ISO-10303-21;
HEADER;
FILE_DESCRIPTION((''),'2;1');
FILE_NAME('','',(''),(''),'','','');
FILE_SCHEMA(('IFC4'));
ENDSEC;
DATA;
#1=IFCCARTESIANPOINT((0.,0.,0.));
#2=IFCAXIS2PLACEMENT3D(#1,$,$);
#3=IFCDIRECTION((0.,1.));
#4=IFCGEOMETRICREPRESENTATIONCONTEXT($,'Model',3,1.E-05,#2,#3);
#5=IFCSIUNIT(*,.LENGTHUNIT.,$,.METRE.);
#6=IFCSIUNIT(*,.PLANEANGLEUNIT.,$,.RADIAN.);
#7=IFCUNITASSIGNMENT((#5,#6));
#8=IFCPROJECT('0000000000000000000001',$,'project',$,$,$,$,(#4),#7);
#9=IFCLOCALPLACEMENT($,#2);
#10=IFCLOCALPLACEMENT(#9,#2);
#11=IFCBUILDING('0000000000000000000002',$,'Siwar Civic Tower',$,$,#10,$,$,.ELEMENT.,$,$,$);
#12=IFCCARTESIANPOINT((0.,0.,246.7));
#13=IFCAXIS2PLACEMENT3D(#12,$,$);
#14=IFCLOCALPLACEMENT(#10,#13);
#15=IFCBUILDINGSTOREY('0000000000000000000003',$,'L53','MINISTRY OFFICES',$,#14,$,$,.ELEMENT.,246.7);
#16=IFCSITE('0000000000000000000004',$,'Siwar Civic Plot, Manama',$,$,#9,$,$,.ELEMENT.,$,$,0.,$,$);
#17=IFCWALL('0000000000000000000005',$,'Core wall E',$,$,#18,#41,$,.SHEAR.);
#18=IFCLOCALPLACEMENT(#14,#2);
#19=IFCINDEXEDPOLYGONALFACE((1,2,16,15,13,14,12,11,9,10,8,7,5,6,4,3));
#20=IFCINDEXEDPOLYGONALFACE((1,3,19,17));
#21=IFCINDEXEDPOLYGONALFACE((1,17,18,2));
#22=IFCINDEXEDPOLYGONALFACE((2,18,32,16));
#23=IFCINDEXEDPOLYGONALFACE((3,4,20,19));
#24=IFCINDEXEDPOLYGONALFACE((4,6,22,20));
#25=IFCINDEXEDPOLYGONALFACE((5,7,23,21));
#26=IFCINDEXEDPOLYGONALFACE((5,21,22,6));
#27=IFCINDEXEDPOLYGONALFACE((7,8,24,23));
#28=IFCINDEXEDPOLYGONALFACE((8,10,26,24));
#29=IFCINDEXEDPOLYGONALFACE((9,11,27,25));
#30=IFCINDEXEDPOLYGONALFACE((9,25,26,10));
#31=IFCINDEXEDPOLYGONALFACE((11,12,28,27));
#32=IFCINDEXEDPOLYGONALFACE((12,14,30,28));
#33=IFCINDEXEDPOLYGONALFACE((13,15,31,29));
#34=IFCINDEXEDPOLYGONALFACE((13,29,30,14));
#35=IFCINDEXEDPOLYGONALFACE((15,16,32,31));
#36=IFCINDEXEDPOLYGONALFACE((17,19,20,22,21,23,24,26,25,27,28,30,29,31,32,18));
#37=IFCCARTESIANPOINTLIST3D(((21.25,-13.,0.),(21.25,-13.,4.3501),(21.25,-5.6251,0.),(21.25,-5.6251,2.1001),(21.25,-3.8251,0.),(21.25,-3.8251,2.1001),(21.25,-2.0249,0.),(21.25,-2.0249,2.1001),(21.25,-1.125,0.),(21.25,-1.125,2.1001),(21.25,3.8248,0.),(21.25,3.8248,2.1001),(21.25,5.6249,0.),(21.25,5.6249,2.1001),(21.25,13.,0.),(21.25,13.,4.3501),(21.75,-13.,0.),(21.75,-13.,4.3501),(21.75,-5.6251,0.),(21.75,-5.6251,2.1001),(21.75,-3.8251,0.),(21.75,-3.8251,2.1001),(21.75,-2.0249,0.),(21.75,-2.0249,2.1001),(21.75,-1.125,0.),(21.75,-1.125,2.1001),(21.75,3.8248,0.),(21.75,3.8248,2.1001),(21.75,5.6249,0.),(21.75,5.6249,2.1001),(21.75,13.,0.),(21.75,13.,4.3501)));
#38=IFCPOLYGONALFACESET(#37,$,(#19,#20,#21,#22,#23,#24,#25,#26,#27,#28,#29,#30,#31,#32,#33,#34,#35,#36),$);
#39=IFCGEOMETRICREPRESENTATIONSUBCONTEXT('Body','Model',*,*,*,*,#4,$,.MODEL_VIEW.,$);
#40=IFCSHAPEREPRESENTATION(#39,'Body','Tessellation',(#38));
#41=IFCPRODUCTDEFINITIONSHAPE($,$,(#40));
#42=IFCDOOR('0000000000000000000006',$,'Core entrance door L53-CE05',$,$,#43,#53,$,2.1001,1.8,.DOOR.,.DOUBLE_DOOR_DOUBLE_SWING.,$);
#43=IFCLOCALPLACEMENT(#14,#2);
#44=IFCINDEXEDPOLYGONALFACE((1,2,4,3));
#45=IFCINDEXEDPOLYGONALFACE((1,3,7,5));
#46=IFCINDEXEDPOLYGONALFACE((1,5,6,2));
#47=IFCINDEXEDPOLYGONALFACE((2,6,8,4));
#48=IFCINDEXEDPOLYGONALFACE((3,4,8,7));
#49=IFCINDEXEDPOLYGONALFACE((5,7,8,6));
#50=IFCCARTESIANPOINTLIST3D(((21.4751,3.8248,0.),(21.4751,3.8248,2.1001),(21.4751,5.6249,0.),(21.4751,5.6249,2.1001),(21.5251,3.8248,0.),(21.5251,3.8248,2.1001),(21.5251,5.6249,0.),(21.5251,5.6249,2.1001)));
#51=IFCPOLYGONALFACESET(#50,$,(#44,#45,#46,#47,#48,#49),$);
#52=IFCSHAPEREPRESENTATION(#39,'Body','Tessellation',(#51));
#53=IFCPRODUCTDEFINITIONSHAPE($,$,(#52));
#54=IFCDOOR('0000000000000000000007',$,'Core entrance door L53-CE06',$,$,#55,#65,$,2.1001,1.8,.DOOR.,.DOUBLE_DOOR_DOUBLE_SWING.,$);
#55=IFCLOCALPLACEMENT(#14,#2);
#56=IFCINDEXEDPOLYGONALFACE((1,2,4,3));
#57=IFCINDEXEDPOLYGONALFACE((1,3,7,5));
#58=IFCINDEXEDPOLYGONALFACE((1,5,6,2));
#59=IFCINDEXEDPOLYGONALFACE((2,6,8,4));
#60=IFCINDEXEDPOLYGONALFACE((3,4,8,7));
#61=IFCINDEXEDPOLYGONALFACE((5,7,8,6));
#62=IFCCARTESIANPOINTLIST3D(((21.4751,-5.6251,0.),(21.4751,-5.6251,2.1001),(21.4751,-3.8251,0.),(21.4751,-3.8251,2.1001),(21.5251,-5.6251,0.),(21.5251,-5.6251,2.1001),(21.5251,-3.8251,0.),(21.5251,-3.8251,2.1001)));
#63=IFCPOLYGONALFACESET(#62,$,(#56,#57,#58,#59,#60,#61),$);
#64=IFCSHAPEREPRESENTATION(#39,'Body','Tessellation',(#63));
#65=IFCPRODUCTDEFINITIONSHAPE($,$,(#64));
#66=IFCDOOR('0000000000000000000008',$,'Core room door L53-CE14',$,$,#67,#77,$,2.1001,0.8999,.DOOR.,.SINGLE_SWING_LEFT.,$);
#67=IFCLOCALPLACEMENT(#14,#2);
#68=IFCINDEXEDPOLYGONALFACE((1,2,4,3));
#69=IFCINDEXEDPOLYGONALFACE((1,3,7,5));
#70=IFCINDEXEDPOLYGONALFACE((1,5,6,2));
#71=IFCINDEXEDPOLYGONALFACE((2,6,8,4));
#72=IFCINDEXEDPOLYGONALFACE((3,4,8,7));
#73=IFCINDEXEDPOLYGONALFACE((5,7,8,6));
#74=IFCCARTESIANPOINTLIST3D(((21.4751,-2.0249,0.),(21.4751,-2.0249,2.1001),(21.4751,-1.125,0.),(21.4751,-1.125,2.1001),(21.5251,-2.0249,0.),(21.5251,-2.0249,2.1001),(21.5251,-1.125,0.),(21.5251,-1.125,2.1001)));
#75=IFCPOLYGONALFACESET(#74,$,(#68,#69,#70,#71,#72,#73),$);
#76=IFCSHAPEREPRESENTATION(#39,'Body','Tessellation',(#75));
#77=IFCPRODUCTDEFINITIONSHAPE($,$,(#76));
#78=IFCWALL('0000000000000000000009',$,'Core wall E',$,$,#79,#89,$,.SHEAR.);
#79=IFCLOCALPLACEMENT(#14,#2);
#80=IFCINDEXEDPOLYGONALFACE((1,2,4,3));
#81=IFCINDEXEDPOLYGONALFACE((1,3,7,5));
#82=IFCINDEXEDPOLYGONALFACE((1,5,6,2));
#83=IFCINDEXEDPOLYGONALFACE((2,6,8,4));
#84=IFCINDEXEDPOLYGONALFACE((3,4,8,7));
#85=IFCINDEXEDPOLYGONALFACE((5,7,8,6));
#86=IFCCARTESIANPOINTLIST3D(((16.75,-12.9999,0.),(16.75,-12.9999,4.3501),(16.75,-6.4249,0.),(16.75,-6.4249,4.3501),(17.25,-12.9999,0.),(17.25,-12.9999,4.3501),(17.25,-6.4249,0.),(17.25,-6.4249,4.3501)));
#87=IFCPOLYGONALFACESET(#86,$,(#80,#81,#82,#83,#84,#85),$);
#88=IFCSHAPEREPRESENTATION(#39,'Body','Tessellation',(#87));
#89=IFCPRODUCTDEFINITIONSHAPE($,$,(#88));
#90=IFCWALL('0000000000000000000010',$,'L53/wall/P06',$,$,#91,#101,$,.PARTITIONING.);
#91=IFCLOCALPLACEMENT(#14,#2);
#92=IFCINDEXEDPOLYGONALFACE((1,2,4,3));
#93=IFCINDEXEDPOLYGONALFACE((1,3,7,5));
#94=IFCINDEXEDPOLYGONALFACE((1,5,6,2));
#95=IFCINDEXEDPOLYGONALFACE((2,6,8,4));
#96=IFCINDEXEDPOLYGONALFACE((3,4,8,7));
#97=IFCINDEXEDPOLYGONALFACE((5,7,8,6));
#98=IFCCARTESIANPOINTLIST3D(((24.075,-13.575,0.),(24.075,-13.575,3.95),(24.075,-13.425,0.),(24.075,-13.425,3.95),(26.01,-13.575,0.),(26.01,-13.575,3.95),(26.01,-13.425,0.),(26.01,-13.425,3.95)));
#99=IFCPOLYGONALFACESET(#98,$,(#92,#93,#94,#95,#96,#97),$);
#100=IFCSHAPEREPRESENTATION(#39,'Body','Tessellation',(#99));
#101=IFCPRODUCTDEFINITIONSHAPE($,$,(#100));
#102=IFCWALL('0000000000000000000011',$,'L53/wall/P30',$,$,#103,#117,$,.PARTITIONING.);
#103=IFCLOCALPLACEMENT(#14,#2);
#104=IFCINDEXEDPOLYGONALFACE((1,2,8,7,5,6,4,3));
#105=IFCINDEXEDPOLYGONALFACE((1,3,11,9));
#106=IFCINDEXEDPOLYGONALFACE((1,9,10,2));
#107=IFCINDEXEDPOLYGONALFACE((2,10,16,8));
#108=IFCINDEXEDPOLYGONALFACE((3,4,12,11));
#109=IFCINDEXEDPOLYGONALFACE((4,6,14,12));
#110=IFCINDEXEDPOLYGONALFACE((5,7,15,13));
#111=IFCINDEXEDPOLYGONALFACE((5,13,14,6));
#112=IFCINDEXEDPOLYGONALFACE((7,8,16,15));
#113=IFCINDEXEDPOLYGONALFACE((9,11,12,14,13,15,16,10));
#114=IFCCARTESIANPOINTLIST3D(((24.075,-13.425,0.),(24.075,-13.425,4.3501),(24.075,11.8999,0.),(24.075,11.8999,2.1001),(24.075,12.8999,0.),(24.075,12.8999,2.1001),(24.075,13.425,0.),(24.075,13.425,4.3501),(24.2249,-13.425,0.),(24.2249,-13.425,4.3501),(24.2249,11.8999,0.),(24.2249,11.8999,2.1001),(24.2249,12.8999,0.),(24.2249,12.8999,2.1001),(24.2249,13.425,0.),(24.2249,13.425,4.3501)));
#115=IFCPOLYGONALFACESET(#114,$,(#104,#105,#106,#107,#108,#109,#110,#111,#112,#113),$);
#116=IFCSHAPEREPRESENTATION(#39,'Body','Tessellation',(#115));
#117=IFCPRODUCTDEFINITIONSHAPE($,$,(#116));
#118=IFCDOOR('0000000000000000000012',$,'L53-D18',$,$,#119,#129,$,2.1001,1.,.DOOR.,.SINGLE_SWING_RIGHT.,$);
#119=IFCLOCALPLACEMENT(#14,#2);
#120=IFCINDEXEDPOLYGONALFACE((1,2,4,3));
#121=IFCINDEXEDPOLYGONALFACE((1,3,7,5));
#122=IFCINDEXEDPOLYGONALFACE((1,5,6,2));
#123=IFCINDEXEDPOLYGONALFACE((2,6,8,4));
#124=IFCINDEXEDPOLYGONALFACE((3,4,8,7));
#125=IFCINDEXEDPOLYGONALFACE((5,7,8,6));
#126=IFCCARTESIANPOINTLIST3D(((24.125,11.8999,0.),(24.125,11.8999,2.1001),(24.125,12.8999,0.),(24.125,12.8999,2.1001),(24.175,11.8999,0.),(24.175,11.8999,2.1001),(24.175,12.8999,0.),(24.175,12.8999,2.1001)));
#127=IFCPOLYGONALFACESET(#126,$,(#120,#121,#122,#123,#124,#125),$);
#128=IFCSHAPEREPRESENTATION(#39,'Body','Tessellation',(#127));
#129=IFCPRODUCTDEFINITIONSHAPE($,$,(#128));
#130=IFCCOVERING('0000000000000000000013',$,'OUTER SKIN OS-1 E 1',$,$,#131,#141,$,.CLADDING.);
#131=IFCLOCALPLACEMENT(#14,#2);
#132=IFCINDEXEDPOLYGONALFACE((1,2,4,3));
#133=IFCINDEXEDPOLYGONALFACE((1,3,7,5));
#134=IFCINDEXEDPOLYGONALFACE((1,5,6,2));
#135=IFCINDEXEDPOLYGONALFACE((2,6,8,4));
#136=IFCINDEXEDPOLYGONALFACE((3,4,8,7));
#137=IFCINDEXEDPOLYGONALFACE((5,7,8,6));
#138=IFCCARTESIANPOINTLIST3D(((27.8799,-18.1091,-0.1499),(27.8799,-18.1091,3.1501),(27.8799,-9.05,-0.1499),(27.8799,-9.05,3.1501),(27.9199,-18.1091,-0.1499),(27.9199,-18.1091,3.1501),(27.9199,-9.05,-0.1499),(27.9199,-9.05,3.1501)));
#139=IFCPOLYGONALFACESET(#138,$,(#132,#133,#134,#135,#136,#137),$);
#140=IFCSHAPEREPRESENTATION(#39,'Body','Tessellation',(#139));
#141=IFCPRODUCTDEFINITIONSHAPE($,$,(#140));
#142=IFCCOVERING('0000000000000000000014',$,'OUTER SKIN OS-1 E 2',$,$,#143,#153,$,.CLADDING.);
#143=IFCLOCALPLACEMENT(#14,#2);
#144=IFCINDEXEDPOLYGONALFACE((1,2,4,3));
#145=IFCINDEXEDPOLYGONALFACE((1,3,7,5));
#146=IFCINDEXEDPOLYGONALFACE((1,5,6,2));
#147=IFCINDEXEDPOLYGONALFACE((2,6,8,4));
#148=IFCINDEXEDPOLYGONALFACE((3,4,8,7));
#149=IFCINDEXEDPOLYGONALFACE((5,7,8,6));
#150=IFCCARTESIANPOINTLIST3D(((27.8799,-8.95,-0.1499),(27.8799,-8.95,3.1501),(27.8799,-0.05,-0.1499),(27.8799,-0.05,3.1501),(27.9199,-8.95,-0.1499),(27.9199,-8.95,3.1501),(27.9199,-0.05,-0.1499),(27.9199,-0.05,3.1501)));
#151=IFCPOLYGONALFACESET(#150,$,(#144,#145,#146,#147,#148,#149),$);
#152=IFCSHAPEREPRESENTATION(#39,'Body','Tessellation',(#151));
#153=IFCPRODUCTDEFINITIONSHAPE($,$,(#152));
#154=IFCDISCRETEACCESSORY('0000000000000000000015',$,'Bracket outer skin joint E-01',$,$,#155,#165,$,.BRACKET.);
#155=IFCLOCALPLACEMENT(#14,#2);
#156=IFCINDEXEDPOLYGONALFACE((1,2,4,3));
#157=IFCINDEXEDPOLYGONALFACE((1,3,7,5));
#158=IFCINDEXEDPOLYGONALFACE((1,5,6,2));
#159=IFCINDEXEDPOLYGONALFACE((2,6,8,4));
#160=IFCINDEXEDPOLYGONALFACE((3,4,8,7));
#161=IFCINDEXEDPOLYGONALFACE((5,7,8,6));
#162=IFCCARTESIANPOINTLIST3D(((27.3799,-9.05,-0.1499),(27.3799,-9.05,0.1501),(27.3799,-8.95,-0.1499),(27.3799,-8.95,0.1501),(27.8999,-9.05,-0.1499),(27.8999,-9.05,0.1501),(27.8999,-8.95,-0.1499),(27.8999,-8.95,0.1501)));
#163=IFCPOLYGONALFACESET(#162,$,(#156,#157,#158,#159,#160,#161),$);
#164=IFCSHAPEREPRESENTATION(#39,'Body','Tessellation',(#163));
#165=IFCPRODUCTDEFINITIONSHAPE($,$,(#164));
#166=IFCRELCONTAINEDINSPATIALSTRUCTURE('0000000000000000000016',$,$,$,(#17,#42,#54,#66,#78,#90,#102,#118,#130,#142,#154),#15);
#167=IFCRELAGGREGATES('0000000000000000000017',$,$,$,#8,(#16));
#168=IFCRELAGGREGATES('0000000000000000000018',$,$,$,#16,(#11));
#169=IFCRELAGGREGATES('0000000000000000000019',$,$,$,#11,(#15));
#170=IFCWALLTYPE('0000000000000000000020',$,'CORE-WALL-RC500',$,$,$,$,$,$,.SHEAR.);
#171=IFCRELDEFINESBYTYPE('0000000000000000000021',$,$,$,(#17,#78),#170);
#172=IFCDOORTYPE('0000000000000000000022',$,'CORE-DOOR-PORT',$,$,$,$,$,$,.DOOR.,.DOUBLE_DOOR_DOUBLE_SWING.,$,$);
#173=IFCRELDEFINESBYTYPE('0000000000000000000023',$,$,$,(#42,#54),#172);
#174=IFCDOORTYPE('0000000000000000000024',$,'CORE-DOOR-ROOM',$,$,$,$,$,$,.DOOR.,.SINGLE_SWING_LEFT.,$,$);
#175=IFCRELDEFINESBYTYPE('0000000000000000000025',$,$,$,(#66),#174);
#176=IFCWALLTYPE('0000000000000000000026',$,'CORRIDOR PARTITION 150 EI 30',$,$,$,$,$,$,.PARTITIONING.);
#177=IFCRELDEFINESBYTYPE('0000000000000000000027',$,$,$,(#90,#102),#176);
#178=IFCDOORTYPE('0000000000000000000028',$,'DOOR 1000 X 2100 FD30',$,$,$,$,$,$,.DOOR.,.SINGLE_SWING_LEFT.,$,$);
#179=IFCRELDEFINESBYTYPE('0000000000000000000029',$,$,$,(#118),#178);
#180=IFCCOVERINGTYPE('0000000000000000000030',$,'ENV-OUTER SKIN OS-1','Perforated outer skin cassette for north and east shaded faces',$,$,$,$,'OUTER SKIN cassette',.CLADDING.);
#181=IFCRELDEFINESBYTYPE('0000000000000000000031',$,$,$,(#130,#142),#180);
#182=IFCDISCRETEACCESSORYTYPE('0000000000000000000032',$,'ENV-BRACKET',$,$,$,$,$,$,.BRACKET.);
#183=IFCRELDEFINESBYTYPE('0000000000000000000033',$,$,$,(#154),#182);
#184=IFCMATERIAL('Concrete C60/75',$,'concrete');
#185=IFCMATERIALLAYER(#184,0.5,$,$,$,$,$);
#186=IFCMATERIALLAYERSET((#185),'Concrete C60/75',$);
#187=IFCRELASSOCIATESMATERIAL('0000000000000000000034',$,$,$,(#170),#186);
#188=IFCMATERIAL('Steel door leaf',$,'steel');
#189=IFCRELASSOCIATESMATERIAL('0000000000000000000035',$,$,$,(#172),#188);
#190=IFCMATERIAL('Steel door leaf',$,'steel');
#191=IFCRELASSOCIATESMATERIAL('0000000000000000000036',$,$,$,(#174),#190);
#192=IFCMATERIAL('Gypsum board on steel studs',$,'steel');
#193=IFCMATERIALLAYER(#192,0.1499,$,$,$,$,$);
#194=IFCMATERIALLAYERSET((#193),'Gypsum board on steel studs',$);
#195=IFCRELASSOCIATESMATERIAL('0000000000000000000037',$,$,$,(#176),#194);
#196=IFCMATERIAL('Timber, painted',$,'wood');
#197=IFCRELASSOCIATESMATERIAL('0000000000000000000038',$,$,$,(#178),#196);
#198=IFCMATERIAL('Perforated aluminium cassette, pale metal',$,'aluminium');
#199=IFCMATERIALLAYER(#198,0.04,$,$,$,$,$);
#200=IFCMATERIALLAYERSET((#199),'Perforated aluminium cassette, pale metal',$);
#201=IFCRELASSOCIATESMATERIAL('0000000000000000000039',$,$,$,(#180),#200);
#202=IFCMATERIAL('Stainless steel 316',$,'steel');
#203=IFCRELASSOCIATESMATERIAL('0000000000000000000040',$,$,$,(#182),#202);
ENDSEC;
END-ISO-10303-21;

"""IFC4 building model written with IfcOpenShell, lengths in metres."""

from ifc_helpers import new_model, si_unit, direction, frame, frame_2d, origin, origin_2d, place, context, subcontext, project, spatial, rectangle, extrude, material, layer, layer_set, type_object, element, fill, save


model = new_model("IFC4")

# Units and contexts
model_context = context("Model", 3, precision=1e-05, world=origin(), true_north=direction((0.0, 1.0)))
body_context = subcontext(model_context, "Body", "Model", "MODEL_VIEW")
ifc_project = project(units=[si_unit("LENGTHUNIT", "METRE"), si_unit("PLANEANGLEUNIT", "RADIAN")], contexts=[model_context])

# Site, building, storey
site_placement = place(None, origin())
site = spatial("IfcSite", under=ifc_project, at=site_placement, Name="Siwar Civic Plot, Manama", CompositionType="ELEMENT", RefElevation=0.0)
building_placement = place(site_placement, origin())
building = spatial("IfcBuilding", under=site, at=building_placement, Name="Siwar Civic Tower", CompositionType="ELEMENT")
storey_placement = place(building_placement, frame((0.0, 0.0, 246.7)))
storey = spatial("IfcBuildingStorey", under=building, at=storey_placement, Name="L53", Description="MINISTRY OFFICES", CompositionType="ELEMENT", Elevation=246.7)

# Wall, openings, doors
ifc_material_1 = material(Name="Concrete C60/75", Category="concrete")
ifc_layer_1 = layer(ifc_material_1, 0.5)
ifc_layer_set_1 = layer_set([ifc_layer_1], Name="Concrete C60/75")
wall_type_1 = type_object("IfcWallType", Name="CORE-WALL-RC500", PredefinedType="SHEAR", material=ifc_layer_set_1)
wall_1_placement = place(storey_placement, frame((21.5, -13.0, 0.0), z_axis=(0.0, 0.0, 1.0), x_axis=(0.0, 1.0, 0.0)))
wall_1 = element("IfcWall", 1, at=wall_1_placement, inside=storey, type_object=wall_type_1, Name="Core wall E", PredefinedType="SHEAR", context=body_context, shape_type="SweptSolid", body=[
    extrude(rectangle(XDim=26.0, YDim=0.5, at=frame_2d((13.0, 0.0))), origin(), (0.0, 0.0, 1.0), 4.3501),
])
opening_1_placement = place(wall_1_placement, frame((16.825, 0.0, 0.0)))
opening_1 = element("IfcOpeningElement", 2, at=opening_1_placement, cuts=wall_1, PredefinedType="OPENING", context=body_context, shape_type="SweptSolid", body=[
    extrude(rectangle(XDim=1.8, YDim=2.1001, at=frame_2d((0.8999, 1.05))), frame((0.0, 0.26, 0.0), z_axis=(0.0, -1.0, 0.0), x_axis=(1.0, 0.0, 0.0)), (0.0, 0.0, 1.0), 0.52),
])
opening_2_placement = place(wall_1_placement, frame((7.375, 0.0, 0.0)))
opening_2 = element("IfcOpeningElement", 3, at=opening_2_placement, cuts=wall_1, PredefinedType="OPENING", context=body_context, shape_type="SweptSolid", body=[
    extrude(rectangle(XDim=1.8, YDim=2.1001, at=frame_2d((0.8999, 1.05))), frame((0.0, 0.26, 0.0), z_axis=(0.0, -1.0, 0.0), x_axis=(1.0, 0.0, 0.0)), (0.0, 0.0, 1.0), 0.52),
])
opening_3_placement = place(wall_1_placement, frame((10.9751, 0.0, 0.0)))
opening_3 = element("IfcOpeningElement", 4, at=opening_3_placement, cuts=wall_1, PredefinedType="OPENING", context=body_context, shape_type="SweptSolid", body=[
    extrude(rectangle(XDim=0.8999, YDim=2.1001, at=frame_2d((0.45, 1.05))), frame((0.0, 0.26, 0.0), z_axis=(0.0, -1.0, 0.0), x_axis=(1.0, 0.0, 0.0)), (0.0, 0.0, 1.0), 0.52),
])
ifc_material_2 = material(Name="Steel door leaf", Category="steel")
door_type_1 = type_object("IfcDoorType", Name="CORE-DOOR-PORT", OperationType="DOUBLE_DOOR_DOUBLE_SWING", PredefinedType="DOOR", material=ifc_material_2)
door_1_placement = place(opening_1_placement, origin())
door_1 = element("IfcDoor", 5, at=door_1_placement, inside=storey, type_object=door_type_1, Name="Core entrance door L53-CE05", OperationType="DOUBLE_DOOR_DOUBLE_SWING", OverallHeight=2.1001, OverallWidth=1.8, PredefinedType="DOOR", context=body_context, shape_type="SweptSolid", body=[
    extrude(rectangle(XDim=1.8, YDim=2.1001, at=frame_2d((0.8999, 1.05))), frame((0.0, 0.0249, 0.0), z_axis=(0.0, -1.0, 0.0), x_axis=(1.0, 0.0, 0.0)), (0.0, 0.0, 1.0), 0.05),
])
fill(opening_1, door_1)
door_2_placement = place(opening_2_placement, origin())
door_2 = element("IfcDoor", 6, at=door_2_placement, inside=storey, type_object=door_type_1, Name="Core entrance door L53-CE06", OperationType="DOUBLE_DOOR_DOUBLE_SWING", OverallHeight=2.1001, OverallWidth=1.8, PredefinedType="DOOR", context=body_context, shape_type="SweptSolid", body=[
    extrude(rectangle(XDim=1.8, YDim=2.1001, at=frame_2d((0.8999, 1.05))), frame((0.0, 0.0249, 0.0), z_axis=(0.0, -1.0, 0.0), x_axis=(1.0, 0.0, 0.0)), (0.0, 0.0, 1.0), 0.05),
])
fill(opening_2, door_2)
ifc_material_3 = material(Name="Steel door leaf", Category="steel")
door_type_2 = type_object("IfcDoorType", Name="CORE-DOOR-ROOM", OperationType="SINGLE_SWING_LEFT", PredefinedType="DOOR", material=ifc_material_3)
door_3_placement = place(opening_3_placement, origin())
door_3 = element("IfcDoor", 7, at=door_3_placement, inside=storey, type_object=door_type_2, Name="Core room door L53-CE14", OperationType="SINGLE_SWING_LEFT", OverallHeight=2.1001, OverallWidth=0.8999, PredefinedType="DOOR", context=body_context, shape_type="SweptSolid", body=[
    extrude(rectangle(XDim=0.8999, YDim=2.1001, at=frame_2d((0.45, 1.05))), frame((0.0, 0.0249, 0.0), z_axis=(0.0, -1.0, 0.0), x_axis=(1.0, 0.0, 0.0)), (0.0, 0.0, 1.0), 0.05),
])
fill(opening_3, door_3)

# Walls
wall_2_placement = place(storey_placement, frame((17.0, -13.0, 0.0), z_axis=(0.0, 0.0, 1.0), x_axis=(0.0, 1.0, 0.0)))
element("IfcWall", 8, at=wall_2_placement, inside=storey, type_object=wall_type_1, Name="Core wall E", PredefinedType="SHEAR", context=body_context, shape_type="SweptSolid", body=[
    extrude(rectangle(XDim=6.575, YDim=0.5, at=frame_2d((3.2876, 0.0))), origin(), (0.0, 0.0, 1.0), 4.3501),
])
ifc_material_4 = material(Name="Gypsum board on steel studs", Category="steel")
ifc_layer_2 = layer(ifc_material_4, 0.1499)
ifc_layer_set_2 = layer_set([ifc_layer_2], Name="Gypsum board on steel studs")
wall_type_2 = type_object("IfcWallType", Name="CORRIDOR PARTITION 150 EI 30", PredefinedType="PARTITIONING", material=ifc_layer_set_2)
wall_3_placement = place(storey_placement, frame((24.075, -13.5, 0.0), z_axis=(0.0, 0.0, 1.0), x_axis=(1.0, 0.0, 0.0)))
element("IfcWall", 9, at=wall_3_placement, inside=storey, type_object=wall_type_2, Name="L53/wall/P06", PredefinedType="PARTITIONING", context=body_context, shape_type="SweptSolid", body=[
    extrude(rectangle(XDim=1.9351, YDim=0.1499, at=frame_2d((0.9675, 0.0))), origin(), (0.0, 0.0, 1.0), 3.95),
])

# Wall, opening, door
wall_4_placement = place(storey_placement, frame((24.1499, -13.425, 0.0), z_axis=(0.0, 0.0, 1.0), x_axis=(0.0, 1.0, 0.0)))
wall_4 = element("IfcWall", 10, at=wall_4_placement, inside=storey, type_object=wall_type_2, Name="L53/wall/P30", PredefinedType="PARTITIONING", context=body_context, shape_type="SweptSolid", body=[
    extrude(rectangle(XDim=26.8501, YDim=0.1499, at=frame_2d((13.425, 0.0))), origin(), (0.0, 0.0, 1.0), 4.3501),
])
opening_4_placement = place(wall_4_placement, frame((25.325, 0.0, 0.0)))
opening_4 = element("IfcOpeningElement", 11, at=opening_4_placement, cuts=wall_4, PredefinedType="OPENING", context=body_context, shape_type="SweptSolid", body=[
    extrude(rectangle(XDim=1.0, YDim=2.1001, at=frame_2d((0.5, 1.05))), frame((0.0, 0.085, 0.0), z_axis=(0.0, -1.0, 0.0), x_axis=(1.0, 0.0, 0.0)), (0.0, 0.0, 1.0), 0.1699),
])
ifc_material_5 = material(Name="Timber, painted", Category="wood")
door_type_3 = type_object("IfcDoorType", Name="DOOR 1000 X 2100 FD30", OperationType="SINGLE_SWING_LEFT", PredefinedType="DOOR", material=ifc_material_5)
door_4_placement = place(opening_4_placement, origin())
door_4 = element("IfcDoor", 12, at=door_4_placement, inside=storey, type_object=door_type_3, Name="L53-D18", OperationType="SINGLE_SWING_RIGHT", OverallHeight=2.1001, OverallWidth=1.0, PredefinedType="DOOR", context=body_context, shape_type="SweptSolid", body=[
    extrude(rectangle(XDim=1.0, YDim=2.1001, at=frame_2d((0.5, 1.05))), frame((0.0, 0.0249, 0.0), z_axis=(0.0, -1.0, 0.0), x_axis=(1.0, 0.0, 0.0)), (0.0, 0.0, 1.0), 0.05),
])
fill(opening_4, door_4)

# Coverings
ifc_material_6 = material(Name="Perforated aluminium cassette, pale metal", Category="aluminium")
ifc_layer_3 = layer(ifc_material_6, 0.04)
ifc_layer_set_3 = layer_set([ifc_layer_3], Name="Perforated aluminium cassette, pale metal")
covering_type = type_object("IfcCoveringType", Name="ENV-OUTER SKIN OS-1", Description="Perforated outer skin cassette for north and east shaded faces", ElementType="OUTER SKIN cassette", PredefinedType="CLADDING", material=ifc_layer_set_3)
covering_1_placement = place(storey_placement, frame((27.8999, -13.5796, -0.1499), z_axis=(0.0, 0.0, 1.0), x_axis=(0.0, 1.0, 0.0)))
element("IfcCovering", 13, at=covering_1_placement, inside=storey, type_object=covering_type, Name="OUTER SKIN OS-1 E 1", PredefinedType="CLADDING", context=body_context, shape_type="SweptSolid", body=[
    extrude(rectangle(XDim=9.0591, YDim=0.04, at=origin_2d()), origin(), (0.0, 0.0, 1.0), 3.3),
])
covering_2_placement = place(storey_placement, frame((27.8999, -4.5, -0.1499), z_axis=(0.0, 0.0, 1.0), x_axis=(0.0, 1.0, 0.0)))
element("IfcCovering", 14, at=covering_2_placement, inside=storey, type_object=covering_type, Name="OUTER SKIN OS-1 E 2", PredefinedType="CLADDING", context=body_context, shape_type="SweptSolid", body=[
    extrude(rectangle(XDim=8.8999, YDim=0.04, at=origin_2d()), origin(), (0.0, 0.0, 1.0), 3.3),
])

# Discrete accessory
ifc_material_7 = material(Name="Stainless steel 316", Category="steel")
discrete_accessory_type = type_object("IfcDiscreteAccessoryType", Name="ENV-BRACKET", PredefinedType="BRACKET", material=ifc_material_7)
discrete_accessory_placement = place(storey_placement, frame((27.6399, -9.0, -0.1499), z_axis=(0.0, 0.0, 1.0), x_axis=(1.0, 0.0, 0.0)))
element("IfcDiscreteAccessory", 15, at=discrete_accessory_placement, inside=storey, type_object=discrete_accessory_type, Name="Bracket outer skin joint E-01", PredefinedType="BRACKET", context=body_context, shape_type="SweptSolid", body=[
    extrude(rectangle(XDim=0.52, YDim=0.1001, at=origin_2d()), origin(), (0.0, 0.0, 1.0), 0.3),
])

save(model, "model.ifc")
